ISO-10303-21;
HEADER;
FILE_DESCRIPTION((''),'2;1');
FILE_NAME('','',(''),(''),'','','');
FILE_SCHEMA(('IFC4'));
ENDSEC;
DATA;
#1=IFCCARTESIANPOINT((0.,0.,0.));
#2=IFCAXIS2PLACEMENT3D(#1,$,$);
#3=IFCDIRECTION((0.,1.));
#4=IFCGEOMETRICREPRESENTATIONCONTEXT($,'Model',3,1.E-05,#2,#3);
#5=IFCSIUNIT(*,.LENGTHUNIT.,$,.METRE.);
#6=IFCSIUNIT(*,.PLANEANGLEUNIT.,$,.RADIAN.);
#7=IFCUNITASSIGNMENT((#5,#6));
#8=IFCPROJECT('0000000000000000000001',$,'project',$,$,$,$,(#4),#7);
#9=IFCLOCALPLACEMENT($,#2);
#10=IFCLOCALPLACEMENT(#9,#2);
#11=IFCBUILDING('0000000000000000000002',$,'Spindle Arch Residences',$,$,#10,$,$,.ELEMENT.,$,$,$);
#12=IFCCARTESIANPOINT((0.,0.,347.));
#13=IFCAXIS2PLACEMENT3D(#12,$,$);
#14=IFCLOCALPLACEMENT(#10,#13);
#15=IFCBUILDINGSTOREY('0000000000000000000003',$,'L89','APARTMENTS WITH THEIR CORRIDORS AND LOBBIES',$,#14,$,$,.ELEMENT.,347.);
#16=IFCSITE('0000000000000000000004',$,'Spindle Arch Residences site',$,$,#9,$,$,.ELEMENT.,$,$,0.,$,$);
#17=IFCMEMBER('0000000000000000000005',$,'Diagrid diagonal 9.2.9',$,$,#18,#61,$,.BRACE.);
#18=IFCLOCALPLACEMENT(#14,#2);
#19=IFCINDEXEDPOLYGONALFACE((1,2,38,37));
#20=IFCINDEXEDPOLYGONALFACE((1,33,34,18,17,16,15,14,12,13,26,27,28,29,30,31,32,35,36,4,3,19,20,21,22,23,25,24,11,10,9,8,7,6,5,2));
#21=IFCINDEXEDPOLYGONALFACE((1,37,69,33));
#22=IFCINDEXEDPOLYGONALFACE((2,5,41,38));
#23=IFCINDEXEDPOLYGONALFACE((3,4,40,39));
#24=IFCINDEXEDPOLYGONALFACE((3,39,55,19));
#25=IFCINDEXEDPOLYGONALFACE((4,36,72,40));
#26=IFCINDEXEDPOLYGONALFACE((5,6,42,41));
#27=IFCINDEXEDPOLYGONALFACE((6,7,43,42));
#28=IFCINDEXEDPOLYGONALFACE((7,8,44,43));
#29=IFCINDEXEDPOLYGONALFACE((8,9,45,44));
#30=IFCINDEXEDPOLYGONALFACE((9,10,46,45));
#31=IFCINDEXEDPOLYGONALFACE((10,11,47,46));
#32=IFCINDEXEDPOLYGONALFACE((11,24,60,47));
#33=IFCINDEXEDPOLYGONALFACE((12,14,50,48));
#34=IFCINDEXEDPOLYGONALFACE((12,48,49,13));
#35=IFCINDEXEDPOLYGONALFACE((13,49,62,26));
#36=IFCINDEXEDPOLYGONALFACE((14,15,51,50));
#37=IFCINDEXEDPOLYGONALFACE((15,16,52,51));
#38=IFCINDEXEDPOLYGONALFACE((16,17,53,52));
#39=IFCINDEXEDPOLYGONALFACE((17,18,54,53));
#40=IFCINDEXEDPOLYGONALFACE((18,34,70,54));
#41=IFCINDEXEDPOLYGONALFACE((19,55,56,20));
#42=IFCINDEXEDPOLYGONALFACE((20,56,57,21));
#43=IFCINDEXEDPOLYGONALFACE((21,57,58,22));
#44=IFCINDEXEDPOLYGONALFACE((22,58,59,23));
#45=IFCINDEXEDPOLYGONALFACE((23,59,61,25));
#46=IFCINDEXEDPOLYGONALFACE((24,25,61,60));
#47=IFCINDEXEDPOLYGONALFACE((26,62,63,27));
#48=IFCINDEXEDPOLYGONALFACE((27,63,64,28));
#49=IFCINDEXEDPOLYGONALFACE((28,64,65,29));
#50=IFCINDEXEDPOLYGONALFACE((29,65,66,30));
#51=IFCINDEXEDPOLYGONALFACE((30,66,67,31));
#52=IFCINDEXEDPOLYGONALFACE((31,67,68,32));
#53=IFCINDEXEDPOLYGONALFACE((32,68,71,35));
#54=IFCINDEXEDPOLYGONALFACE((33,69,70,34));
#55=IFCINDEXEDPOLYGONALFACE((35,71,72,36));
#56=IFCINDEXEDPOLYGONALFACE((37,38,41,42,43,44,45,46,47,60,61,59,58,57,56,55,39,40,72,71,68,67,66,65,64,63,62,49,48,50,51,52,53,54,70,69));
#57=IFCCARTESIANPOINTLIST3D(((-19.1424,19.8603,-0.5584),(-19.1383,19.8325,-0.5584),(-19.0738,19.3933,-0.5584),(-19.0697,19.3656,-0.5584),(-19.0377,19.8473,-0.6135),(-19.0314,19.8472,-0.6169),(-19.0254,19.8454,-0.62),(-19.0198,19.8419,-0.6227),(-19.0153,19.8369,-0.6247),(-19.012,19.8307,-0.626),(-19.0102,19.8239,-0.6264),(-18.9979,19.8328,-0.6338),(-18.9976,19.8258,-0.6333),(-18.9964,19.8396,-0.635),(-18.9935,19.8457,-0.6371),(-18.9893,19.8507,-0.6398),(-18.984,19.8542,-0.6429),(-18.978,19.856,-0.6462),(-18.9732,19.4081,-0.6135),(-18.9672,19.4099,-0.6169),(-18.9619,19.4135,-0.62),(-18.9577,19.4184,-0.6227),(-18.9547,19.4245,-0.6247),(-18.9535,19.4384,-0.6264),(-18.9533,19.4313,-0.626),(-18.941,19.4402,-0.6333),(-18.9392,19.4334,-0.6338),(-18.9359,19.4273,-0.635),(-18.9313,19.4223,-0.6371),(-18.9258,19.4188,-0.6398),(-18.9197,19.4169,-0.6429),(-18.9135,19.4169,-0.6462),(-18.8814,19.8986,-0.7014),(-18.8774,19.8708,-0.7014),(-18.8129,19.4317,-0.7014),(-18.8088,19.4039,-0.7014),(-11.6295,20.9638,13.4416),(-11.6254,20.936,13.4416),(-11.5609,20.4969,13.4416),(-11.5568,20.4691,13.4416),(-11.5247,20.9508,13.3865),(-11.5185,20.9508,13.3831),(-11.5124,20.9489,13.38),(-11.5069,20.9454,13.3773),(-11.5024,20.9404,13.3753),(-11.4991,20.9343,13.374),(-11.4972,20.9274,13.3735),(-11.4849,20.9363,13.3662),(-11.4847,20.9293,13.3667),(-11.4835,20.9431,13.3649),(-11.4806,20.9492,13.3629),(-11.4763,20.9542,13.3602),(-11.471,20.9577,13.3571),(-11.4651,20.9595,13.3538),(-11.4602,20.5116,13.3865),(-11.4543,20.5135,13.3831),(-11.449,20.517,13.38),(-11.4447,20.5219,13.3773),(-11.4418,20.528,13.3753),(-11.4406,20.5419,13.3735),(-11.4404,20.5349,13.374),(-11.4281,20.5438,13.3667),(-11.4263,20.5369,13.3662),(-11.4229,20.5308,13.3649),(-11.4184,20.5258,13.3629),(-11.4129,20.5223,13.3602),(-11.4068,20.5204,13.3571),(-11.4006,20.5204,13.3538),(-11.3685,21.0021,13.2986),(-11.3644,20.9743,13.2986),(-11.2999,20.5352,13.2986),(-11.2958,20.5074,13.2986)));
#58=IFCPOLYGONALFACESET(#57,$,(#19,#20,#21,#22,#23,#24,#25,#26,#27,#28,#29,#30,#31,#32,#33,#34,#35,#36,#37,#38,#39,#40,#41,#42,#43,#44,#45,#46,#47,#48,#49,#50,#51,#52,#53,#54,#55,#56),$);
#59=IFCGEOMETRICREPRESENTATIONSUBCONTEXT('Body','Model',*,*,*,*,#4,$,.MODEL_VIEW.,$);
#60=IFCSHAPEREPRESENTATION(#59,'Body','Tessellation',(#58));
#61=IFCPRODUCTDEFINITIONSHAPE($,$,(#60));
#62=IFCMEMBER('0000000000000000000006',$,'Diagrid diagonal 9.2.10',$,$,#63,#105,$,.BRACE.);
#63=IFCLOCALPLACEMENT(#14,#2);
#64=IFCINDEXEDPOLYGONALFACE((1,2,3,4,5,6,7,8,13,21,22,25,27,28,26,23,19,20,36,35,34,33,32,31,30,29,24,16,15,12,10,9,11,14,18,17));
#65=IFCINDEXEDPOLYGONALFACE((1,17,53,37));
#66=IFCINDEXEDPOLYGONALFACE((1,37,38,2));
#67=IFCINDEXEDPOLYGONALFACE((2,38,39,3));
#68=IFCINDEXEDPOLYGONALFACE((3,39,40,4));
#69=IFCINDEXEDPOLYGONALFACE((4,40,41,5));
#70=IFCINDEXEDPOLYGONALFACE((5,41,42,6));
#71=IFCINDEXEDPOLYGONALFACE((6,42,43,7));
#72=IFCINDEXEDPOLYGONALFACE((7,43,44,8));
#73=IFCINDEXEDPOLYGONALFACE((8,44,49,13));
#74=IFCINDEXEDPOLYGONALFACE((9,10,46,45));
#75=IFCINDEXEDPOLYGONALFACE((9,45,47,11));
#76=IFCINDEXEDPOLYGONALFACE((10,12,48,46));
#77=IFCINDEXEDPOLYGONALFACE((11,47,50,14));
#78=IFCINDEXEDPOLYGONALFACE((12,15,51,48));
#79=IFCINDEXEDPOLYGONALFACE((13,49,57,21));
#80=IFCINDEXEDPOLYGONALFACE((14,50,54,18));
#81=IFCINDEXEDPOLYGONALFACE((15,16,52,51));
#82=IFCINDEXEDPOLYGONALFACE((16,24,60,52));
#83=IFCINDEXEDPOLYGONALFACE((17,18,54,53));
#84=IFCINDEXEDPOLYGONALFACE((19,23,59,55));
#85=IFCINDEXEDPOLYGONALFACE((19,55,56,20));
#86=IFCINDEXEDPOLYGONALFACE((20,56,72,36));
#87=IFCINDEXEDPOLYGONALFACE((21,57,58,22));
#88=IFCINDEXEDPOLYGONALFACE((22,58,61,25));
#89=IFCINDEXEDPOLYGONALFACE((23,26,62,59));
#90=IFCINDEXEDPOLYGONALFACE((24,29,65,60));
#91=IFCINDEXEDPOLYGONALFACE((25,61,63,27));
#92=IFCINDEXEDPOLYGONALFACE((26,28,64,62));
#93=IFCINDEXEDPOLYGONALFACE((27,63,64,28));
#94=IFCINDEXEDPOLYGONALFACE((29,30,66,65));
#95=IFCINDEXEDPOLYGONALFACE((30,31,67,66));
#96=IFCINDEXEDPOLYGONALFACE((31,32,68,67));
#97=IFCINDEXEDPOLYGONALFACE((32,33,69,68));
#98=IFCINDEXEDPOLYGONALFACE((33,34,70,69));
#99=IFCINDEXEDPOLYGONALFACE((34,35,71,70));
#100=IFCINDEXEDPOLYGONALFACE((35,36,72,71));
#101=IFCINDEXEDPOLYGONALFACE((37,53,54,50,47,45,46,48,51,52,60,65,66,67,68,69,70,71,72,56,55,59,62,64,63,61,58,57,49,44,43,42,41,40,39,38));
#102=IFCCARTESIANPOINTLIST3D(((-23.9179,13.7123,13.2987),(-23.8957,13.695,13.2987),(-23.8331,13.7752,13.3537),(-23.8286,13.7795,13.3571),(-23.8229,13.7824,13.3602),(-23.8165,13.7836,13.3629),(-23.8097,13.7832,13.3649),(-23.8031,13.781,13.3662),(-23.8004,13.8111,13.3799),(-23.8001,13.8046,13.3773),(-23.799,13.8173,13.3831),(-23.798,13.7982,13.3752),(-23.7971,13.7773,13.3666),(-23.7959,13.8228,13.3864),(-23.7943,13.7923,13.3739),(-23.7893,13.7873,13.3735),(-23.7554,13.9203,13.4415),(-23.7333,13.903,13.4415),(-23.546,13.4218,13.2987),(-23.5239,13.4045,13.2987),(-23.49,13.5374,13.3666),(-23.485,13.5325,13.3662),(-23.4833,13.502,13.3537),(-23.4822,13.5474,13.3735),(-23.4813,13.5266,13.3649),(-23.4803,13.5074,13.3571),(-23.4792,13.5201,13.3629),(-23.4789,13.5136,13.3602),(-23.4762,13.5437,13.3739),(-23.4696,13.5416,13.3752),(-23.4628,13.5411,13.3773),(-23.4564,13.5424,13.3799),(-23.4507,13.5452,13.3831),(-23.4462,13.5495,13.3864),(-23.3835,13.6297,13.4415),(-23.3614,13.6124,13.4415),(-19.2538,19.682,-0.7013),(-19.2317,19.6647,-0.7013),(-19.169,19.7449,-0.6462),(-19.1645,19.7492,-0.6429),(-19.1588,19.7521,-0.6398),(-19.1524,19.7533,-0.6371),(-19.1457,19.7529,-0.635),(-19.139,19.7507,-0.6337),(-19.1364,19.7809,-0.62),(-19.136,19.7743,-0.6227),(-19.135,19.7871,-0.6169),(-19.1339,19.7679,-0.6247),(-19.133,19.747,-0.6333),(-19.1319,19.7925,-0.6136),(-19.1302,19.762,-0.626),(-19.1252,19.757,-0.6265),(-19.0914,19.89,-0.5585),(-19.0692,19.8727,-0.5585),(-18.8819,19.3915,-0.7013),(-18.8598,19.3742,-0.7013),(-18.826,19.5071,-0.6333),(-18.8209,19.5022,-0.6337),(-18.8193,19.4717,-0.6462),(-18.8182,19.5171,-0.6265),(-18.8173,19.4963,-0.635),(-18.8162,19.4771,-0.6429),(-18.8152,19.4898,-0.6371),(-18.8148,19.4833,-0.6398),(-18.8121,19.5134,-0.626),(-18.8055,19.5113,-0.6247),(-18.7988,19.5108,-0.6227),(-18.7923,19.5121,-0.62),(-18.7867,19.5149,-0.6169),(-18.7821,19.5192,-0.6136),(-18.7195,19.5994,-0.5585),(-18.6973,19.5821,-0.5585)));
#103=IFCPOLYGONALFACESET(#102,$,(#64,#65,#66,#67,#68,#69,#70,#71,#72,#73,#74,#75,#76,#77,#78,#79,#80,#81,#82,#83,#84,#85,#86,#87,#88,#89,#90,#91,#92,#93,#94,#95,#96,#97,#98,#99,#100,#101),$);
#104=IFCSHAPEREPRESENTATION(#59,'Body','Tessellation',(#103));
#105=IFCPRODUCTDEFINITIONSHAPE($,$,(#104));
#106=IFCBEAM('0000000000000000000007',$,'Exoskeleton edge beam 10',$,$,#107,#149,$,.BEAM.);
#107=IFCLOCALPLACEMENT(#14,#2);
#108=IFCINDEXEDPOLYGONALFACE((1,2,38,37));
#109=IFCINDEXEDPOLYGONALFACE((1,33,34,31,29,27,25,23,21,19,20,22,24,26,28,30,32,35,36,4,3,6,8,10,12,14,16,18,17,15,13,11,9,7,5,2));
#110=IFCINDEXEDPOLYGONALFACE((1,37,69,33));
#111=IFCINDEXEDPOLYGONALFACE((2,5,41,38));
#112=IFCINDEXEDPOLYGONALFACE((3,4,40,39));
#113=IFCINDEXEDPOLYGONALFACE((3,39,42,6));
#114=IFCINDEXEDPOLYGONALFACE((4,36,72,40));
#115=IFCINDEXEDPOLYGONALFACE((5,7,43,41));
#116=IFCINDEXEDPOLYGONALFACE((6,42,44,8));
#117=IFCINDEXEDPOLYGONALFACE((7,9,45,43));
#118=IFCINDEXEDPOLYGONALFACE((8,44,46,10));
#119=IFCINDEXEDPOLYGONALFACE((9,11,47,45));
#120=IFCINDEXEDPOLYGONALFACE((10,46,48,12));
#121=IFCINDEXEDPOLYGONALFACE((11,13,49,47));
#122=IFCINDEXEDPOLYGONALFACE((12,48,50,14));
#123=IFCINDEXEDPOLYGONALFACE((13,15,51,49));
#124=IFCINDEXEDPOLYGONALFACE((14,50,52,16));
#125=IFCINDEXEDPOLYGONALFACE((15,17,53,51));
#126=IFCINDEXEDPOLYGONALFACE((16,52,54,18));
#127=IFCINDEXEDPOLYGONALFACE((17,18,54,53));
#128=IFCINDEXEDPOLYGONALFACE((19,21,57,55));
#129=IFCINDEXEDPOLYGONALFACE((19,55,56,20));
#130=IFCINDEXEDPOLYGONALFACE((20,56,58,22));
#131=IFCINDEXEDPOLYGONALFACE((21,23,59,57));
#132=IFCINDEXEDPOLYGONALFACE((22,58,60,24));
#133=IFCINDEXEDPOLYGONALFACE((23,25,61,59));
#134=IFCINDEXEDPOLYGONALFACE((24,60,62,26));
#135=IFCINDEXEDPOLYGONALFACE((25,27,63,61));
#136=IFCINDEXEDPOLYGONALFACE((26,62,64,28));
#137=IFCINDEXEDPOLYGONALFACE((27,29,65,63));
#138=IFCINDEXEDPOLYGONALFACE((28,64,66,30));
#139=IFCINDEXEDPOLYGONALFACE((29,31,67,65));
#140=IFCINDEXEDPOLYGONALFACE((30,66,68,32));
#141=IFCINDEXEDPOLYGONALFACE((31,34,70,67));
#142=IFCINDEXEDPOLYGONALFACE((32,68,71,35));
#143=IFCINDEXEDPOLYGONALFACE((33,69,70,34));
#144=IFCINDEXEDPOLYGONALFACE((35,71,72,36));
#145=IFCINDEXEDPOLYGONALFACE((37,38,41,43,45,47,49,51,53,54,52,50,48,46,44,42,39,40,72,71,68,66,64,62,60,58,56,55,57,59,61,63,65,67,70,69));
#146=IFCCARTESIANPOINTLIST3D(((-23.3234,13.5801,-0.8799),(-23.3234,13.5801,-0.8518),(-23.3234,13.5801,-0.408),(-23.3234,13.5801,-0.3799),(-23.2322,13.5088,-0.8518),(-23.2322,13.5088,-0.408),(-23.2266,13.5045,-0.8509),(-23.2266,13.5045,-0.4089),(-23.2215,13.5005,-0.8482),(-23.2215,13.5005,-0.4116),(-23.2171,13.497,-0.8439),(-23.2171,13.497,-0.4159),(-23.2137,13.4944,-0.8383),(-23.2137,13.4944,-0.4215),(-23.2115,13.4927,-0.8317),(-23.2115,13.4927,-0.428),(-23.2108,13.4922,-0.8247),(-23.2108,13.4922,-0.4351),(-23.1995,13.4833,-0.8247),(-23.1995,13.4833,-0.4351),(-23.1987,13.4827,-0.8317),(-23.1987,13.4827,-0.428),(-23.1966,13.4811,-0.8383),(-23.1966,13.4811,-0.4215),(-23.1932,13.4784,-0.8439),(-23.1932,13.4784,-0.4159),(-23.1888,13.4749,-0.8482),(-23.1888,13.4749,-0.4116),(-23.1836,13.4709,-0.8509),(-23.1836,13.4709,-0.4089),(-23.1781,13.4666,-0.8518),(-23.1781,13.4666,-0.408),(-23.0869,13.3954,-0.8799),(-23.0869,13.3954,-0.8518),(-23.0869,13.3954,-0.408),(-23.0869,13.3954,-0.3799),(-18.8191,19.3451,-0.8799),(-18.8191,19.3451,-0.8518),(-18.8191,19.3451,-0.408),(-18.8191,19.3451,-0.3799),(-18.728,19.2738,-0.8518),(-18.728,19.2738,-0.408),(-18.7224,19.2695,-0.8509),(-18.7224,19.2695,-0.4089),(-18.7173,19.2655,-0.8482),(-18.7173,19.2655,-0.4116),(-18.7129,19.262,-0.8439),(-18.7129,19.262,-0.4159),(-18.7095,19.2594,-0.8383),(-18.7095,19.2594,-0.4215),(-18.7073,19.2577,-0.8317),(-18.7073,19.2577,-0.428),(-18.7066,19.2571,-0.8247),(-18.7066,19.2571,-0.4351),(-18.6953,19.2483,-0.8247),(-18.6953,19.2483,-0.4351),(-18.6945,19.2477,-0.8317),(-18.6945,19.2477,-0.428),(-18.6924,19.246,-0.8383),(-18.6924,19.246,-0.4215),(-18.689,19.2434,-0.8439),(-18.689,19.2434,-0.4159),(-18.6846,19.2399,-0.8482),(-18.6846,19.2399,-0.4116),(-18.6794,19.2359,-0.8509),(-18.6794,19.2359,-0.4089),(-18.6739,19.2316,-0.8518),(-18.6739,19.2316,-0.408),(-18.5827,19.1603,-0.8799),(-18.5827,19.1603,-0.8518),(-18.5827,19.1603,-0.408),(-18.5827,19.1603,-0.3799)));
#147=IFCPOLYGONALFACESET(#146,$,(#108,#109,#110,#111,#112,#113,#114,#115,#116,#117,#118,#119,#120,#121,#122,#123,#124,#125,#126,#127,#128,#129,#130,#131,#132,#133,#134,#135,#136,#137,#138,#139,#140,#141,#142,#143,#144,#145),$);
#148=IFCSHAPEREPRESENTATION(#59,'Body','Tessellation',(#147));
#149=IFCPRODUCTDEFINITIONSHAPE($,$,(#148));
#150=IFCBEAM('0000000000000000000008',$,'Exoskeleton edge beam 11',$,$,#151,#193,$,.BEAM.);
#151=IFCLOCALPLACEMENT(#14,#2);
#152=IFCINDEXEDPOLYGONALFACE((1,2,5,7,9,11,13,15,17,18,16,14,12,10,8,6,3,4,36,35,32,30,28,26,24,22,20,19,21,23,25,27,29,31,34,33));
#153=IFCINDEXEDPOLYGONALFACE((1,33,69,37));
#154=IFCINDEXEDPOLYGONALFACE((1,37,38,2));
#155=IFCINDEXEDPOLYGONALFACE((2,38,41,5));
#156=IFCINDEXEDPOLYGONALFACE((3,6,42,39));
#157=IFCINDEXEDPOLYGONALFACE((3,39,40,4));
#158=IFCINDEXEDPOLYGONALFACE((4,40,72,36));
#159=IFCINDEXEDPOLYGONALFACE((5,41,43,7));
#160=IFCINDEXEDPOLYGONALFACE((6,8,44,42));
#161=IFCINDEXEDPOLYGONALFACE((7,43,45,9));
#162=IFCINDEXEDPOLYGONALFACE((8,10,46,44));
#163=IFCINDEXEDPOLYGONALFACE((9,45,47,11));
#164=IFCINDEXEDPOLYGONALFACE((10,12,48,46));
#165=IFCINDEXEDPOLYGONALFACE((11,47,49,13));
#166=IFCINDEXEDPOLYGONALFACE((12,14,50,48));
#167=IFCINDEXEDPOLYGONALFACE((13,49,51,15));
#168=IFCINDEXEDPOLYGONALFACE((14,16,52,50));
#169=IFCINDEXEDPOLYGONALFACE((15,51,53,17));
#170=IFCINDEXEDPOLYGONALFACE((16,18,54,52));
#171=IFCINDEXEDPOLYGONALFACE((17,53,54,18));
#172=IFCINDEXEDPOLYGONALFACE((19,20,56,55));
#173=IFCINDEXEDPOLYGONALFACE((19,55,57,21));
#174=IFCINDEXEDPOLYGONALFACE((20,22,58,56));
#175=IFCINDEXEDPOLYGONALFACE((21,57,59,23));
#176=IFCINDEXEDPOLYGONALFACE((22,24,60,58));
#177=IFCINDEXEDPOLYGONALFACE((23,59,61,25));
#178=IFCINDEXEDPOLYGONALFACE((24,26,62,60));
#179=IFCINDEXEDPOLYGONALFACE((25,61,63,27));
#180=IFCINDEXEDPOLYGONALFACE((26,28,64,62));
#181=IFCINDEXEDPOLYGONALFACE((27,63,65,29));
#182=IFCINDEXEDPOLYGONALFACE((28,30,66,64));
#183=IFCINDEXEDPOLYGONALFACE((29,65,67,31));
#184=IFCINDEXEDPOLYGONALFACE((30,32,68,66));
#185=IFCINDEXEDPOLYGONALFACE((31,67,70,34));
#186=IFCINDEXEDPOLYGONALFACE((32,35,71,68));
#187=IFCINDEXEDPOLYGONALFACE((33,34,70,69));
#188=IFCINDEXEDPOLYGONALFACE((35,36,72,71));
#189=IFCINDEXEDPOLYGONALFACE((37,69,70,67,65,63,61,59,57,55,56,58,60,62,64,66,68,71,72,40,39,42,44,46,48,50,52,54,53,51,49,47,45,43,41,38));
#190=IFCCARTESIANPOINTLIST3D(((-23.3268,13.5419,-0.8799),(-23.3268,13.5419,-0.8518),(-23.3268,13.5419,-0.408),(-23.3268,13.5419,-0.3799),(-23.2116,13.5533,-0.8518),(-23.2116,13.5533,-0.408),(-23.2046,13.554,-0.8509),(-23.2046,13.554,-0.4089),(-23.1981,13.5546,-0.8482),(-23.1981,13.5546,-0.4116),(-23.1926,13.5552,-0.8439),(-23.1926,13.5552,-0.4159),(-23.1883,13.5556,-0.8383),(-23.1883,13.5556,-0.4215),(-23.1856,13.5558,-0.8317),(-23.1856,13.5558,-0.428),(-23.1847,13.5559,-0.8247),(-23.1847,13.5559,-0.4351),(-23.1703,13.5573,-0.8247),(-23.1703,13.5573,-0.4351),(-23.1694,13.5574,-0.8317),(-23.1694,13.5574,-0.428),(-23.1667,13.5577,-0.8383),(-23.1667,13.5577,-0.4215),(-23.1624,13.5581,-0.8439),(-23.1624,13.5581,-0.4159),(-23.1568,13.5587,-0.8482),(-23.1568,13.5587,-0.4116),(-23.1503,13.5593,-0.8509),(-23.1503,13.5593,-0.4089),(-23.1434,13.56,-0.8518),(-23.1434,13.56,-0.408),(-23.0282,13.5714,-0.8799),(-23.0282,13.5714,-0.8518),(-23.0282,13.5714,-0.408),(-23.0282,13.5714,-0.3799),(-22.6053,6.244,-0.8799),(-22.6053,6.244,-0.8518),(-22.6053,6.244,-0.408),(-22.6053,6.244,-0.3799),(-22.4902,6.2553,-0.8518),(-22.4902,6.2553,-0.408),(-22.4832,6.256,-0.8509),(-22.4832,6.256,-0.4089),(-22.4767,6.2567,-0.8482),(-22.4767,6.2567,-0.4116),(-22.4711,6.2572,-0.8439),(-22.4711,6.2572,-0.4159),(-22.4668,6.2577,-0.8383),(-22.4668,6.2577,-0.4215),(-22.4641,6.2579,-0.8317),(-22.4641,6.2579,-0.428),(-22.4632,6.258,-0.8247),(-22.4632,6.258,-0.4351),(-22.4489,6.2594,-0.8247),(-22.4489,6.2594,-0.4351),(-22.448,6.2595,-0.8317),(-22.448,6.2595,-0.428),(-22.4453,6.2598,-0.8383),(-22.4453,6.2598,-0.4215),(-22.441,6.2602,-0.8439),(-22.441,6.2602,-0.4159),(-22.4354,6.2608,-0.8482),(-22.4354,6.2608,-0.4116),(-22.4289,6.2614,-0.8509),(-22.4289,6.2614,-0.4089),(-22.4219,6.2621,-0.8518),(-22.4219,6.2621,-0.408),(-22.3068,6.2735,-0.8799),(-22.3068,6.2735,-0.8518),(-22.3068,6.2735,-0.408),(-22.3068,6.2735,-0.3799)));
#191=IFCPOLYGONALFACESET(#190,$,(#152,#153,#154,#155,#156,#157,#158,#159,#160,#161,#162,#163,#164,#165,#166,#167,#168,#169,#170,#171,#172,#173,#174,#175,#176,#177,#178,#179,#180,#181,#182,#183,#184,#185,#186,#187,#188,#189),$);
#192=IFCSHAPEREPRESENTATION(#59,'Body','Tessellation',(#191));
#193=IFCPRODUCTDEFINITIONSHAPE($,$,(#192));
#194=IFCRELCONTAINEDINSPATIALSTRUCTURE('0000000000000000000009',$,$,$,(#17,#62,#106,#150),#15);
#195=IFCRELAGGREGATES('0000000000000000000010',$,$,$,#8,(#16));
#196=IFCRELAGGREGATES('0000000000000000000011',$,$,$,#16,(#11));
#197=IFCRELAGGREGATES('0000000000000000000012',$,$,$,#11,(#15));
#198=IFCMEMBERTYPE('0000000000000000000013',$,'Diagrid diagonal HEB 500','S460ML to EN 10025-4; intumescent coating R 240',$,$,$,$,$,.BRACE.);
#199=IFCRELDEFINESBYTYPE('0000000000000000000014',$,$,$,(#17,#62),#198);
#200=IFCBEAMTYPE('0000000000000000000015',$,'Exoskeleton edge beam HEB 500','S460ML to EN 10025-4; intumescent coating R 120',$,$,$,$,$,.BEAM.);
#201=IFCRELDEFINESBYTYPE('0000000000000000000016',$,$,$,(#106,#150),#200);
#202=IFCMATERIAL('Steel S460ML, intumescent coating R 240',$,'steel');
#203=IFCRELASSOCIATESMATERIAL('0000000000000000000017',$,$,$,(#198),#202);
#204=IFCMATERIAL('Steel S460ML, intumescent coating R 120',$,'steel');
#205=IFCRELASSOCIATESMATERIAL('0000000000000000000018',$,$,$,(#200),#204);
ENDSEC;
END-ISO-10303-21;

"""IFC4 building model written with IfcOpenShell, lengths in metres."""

from ifc_helpers import new_model, si_unit, direction, frame, origin, origin_2d, place, context, subcontext, project, spatial, i_section, extrude, material, material_profile, profile_set, type_object, element, save


model = new_model("IFC4")

# Units and contexts
model_context = context("Model", 3, precision=1e-05, world=origin(), true_north=direction((0.0, 1.0)))
body_context = subcontext(model_context, "Body", "Model", "MODEL_VIEW")
ifc_project = project(units=[si_unit("LENGTHUNIT", "METRE"), si_unit("PLANEANGLEUNIT", "RADIAN")], contexts=[model_context])

# Site, building, storey
site_placement = place(None, origin())
site = spatial("IfcSite", under=ifc_project, at=site_placement, Name="Spindle Arch Residences site", CompositionType="ELEMENT", RefElevation=0.0)
building_placement = place(site_placement, origin())
building = spatial("IfcBuilding", under=site, at=building_placement, Name="Spindle Arch Residences", CompositionType="ELEMENT")
storey_placement = place(building_placement, frame((0.0, 0.0, 347.0)))
storey = spatial("IfcBuildingStorey", under=building, at=storey_placement, Name="L89", Description="APARTMENTS WITH THEIR CORRIDORS AND LOBBIES", CompositionType="ELEMENT", Elevation=347.0)

# Members
ifc_material_1 = material(Name="Steel S460ML, intumescent coating R 240", Category="steel")
ifc_material_profile_1 = material_profile(ifc_material_1, i_section(OverallWidth=0.3, OverallDepth=0.5, WebThickness=0.0144, FlangeThickness=0.0281, FilletRadius=0.0271, at=origin_2d()), Name="HEB 500")
ifc_profile_set_1 = profile_set([ifc_material_profile_1], Name="Steel S460ML, intumescent coating R 240")
member_type_1 = type_object("IfcMemberType", Name="Diagrid diagonal HEB 500", Description="S460ML to EN 10025-4; intumescent coating R 240", PredefinedType="BRACE", material=ifc_profile_set_1)
member_1_placement = place(storey_placement, frame((-18.9756, 19.6321, -0.6299), z_axis=(0.471718, 0.069287, 0.879023), x_axis=(-0.869692, -0.127742, 0.476779)))
element("IfcMember", 1, at=member_1_placement, inside=storey, type_object=member_type_1, Name="Diagrid diagonal 9.2.9", PredefinedType="BRACE", context=body_context, shape_type="SweptSolid", body=[
    extrude(i_section(OverallWidth=0.3, OverallDepth=0.5, WebThickness=0.0144, FlangeThickness=0.0281, FilletRadius=0.0271, at=origin_2d()), origin(), (0.0, 0.0, 1.0), 15.9268),
])
member_2_placement = place(storey_placement, frame((-18.9756, 19.6321, -0.6299), z_axis=(-0.293001, -0.375024, 0.879493), x_axis=(0.54147, 0.69305, 0.475912)))
element("IfcMember", 2, at=member_2_placement, inside=storey, type_object=member_type_1, Name="Diagrid diagonal 9.2.10", PredefinedType="BRACE", context=body_context, shape_type="SweptSolid", body=[
    extrude(i_section(OverallWidth=0.3, OverallDepth=0.5, WebThickness=0.0144, FlangeThickness=0.0281, FilletRadius=0.0271, at=origin_2d()), origin(), (0.0, 0.0, 1.0), 15.9182),
])

# Beams
ifc_material_2 = material(Name="Steel S460ML, intumescent coating R 120", Category="steel")
ifc_material_profile_2 = material_profile(ifc_material_2, i_section(OverallWidth=0.3, OverallDepth=0.5, WebThickness=0.0144, FlangeThickness=0.0281, FilletRadius=0.0271, at=origin_2d()), Name="HEB 500")
ifc_profile_set_2 = profile_set([ifc_material_profile_2], Name="Steel S460ML, intumescent coating R 120")
beam_type_1 = type_object("IfcBeamType", Name="Exoskeleton edge beam HEB 500", Description="S460ML to EN 10025-4; intumescent coating R 120", PredefinedType="BEAM", material=ifc_profile_set_2)
beam_1_placement = place(storey_placement, frame((-18.7009, 19.2527, -0.6299), z_axis=(-0.615672, -0.788003, 0.0), x_axis=(0.788003, -0.615672, 0.0)))
element("IfcBeam", 3, at=beam_1_placement, inside=storey, type_object=beam_type_1, Name="Exoskeleton edge beam 10", PredefinedType="BEAM", context=body_context, shape_type="SweptSolid", body=[
    extrude(i_section(OverallWidth=0.3, OverallDepth=0.5, WebThickness=0.0144, FlangeThickness=0.0281, FilletRadius=0.0271, at=origin_2d()), origin(), (0.0, 0.0, 1.0), 7.3159),
])
beam_2_placement = place(storey_placement, frame((-23.1775, 13.5566, -0.6299), z_axis=(0.098376, -0.995149, 0.0), x_axis=(0.995149, 0.098376, 0.0)))
element("IfcBeam", 4, at=beam_2_placement, inside=storey, type_object=beam_type_1, Name="Exoskeleton edge beam 11", PredefinedType="BEAM", context=body_context, shape_type="SweptSolid", body=[
    extrude(i_section(OverallWidth=0.3, OverallDepth=0.5, WebThickness=0.0144, FlangeThickness=0.0281, FilletRadius=0.0271, at=origin_2d()), origin(), (0.0, 0.0, 1.0), 7.3335),
])

save(model, "model.ifc")
